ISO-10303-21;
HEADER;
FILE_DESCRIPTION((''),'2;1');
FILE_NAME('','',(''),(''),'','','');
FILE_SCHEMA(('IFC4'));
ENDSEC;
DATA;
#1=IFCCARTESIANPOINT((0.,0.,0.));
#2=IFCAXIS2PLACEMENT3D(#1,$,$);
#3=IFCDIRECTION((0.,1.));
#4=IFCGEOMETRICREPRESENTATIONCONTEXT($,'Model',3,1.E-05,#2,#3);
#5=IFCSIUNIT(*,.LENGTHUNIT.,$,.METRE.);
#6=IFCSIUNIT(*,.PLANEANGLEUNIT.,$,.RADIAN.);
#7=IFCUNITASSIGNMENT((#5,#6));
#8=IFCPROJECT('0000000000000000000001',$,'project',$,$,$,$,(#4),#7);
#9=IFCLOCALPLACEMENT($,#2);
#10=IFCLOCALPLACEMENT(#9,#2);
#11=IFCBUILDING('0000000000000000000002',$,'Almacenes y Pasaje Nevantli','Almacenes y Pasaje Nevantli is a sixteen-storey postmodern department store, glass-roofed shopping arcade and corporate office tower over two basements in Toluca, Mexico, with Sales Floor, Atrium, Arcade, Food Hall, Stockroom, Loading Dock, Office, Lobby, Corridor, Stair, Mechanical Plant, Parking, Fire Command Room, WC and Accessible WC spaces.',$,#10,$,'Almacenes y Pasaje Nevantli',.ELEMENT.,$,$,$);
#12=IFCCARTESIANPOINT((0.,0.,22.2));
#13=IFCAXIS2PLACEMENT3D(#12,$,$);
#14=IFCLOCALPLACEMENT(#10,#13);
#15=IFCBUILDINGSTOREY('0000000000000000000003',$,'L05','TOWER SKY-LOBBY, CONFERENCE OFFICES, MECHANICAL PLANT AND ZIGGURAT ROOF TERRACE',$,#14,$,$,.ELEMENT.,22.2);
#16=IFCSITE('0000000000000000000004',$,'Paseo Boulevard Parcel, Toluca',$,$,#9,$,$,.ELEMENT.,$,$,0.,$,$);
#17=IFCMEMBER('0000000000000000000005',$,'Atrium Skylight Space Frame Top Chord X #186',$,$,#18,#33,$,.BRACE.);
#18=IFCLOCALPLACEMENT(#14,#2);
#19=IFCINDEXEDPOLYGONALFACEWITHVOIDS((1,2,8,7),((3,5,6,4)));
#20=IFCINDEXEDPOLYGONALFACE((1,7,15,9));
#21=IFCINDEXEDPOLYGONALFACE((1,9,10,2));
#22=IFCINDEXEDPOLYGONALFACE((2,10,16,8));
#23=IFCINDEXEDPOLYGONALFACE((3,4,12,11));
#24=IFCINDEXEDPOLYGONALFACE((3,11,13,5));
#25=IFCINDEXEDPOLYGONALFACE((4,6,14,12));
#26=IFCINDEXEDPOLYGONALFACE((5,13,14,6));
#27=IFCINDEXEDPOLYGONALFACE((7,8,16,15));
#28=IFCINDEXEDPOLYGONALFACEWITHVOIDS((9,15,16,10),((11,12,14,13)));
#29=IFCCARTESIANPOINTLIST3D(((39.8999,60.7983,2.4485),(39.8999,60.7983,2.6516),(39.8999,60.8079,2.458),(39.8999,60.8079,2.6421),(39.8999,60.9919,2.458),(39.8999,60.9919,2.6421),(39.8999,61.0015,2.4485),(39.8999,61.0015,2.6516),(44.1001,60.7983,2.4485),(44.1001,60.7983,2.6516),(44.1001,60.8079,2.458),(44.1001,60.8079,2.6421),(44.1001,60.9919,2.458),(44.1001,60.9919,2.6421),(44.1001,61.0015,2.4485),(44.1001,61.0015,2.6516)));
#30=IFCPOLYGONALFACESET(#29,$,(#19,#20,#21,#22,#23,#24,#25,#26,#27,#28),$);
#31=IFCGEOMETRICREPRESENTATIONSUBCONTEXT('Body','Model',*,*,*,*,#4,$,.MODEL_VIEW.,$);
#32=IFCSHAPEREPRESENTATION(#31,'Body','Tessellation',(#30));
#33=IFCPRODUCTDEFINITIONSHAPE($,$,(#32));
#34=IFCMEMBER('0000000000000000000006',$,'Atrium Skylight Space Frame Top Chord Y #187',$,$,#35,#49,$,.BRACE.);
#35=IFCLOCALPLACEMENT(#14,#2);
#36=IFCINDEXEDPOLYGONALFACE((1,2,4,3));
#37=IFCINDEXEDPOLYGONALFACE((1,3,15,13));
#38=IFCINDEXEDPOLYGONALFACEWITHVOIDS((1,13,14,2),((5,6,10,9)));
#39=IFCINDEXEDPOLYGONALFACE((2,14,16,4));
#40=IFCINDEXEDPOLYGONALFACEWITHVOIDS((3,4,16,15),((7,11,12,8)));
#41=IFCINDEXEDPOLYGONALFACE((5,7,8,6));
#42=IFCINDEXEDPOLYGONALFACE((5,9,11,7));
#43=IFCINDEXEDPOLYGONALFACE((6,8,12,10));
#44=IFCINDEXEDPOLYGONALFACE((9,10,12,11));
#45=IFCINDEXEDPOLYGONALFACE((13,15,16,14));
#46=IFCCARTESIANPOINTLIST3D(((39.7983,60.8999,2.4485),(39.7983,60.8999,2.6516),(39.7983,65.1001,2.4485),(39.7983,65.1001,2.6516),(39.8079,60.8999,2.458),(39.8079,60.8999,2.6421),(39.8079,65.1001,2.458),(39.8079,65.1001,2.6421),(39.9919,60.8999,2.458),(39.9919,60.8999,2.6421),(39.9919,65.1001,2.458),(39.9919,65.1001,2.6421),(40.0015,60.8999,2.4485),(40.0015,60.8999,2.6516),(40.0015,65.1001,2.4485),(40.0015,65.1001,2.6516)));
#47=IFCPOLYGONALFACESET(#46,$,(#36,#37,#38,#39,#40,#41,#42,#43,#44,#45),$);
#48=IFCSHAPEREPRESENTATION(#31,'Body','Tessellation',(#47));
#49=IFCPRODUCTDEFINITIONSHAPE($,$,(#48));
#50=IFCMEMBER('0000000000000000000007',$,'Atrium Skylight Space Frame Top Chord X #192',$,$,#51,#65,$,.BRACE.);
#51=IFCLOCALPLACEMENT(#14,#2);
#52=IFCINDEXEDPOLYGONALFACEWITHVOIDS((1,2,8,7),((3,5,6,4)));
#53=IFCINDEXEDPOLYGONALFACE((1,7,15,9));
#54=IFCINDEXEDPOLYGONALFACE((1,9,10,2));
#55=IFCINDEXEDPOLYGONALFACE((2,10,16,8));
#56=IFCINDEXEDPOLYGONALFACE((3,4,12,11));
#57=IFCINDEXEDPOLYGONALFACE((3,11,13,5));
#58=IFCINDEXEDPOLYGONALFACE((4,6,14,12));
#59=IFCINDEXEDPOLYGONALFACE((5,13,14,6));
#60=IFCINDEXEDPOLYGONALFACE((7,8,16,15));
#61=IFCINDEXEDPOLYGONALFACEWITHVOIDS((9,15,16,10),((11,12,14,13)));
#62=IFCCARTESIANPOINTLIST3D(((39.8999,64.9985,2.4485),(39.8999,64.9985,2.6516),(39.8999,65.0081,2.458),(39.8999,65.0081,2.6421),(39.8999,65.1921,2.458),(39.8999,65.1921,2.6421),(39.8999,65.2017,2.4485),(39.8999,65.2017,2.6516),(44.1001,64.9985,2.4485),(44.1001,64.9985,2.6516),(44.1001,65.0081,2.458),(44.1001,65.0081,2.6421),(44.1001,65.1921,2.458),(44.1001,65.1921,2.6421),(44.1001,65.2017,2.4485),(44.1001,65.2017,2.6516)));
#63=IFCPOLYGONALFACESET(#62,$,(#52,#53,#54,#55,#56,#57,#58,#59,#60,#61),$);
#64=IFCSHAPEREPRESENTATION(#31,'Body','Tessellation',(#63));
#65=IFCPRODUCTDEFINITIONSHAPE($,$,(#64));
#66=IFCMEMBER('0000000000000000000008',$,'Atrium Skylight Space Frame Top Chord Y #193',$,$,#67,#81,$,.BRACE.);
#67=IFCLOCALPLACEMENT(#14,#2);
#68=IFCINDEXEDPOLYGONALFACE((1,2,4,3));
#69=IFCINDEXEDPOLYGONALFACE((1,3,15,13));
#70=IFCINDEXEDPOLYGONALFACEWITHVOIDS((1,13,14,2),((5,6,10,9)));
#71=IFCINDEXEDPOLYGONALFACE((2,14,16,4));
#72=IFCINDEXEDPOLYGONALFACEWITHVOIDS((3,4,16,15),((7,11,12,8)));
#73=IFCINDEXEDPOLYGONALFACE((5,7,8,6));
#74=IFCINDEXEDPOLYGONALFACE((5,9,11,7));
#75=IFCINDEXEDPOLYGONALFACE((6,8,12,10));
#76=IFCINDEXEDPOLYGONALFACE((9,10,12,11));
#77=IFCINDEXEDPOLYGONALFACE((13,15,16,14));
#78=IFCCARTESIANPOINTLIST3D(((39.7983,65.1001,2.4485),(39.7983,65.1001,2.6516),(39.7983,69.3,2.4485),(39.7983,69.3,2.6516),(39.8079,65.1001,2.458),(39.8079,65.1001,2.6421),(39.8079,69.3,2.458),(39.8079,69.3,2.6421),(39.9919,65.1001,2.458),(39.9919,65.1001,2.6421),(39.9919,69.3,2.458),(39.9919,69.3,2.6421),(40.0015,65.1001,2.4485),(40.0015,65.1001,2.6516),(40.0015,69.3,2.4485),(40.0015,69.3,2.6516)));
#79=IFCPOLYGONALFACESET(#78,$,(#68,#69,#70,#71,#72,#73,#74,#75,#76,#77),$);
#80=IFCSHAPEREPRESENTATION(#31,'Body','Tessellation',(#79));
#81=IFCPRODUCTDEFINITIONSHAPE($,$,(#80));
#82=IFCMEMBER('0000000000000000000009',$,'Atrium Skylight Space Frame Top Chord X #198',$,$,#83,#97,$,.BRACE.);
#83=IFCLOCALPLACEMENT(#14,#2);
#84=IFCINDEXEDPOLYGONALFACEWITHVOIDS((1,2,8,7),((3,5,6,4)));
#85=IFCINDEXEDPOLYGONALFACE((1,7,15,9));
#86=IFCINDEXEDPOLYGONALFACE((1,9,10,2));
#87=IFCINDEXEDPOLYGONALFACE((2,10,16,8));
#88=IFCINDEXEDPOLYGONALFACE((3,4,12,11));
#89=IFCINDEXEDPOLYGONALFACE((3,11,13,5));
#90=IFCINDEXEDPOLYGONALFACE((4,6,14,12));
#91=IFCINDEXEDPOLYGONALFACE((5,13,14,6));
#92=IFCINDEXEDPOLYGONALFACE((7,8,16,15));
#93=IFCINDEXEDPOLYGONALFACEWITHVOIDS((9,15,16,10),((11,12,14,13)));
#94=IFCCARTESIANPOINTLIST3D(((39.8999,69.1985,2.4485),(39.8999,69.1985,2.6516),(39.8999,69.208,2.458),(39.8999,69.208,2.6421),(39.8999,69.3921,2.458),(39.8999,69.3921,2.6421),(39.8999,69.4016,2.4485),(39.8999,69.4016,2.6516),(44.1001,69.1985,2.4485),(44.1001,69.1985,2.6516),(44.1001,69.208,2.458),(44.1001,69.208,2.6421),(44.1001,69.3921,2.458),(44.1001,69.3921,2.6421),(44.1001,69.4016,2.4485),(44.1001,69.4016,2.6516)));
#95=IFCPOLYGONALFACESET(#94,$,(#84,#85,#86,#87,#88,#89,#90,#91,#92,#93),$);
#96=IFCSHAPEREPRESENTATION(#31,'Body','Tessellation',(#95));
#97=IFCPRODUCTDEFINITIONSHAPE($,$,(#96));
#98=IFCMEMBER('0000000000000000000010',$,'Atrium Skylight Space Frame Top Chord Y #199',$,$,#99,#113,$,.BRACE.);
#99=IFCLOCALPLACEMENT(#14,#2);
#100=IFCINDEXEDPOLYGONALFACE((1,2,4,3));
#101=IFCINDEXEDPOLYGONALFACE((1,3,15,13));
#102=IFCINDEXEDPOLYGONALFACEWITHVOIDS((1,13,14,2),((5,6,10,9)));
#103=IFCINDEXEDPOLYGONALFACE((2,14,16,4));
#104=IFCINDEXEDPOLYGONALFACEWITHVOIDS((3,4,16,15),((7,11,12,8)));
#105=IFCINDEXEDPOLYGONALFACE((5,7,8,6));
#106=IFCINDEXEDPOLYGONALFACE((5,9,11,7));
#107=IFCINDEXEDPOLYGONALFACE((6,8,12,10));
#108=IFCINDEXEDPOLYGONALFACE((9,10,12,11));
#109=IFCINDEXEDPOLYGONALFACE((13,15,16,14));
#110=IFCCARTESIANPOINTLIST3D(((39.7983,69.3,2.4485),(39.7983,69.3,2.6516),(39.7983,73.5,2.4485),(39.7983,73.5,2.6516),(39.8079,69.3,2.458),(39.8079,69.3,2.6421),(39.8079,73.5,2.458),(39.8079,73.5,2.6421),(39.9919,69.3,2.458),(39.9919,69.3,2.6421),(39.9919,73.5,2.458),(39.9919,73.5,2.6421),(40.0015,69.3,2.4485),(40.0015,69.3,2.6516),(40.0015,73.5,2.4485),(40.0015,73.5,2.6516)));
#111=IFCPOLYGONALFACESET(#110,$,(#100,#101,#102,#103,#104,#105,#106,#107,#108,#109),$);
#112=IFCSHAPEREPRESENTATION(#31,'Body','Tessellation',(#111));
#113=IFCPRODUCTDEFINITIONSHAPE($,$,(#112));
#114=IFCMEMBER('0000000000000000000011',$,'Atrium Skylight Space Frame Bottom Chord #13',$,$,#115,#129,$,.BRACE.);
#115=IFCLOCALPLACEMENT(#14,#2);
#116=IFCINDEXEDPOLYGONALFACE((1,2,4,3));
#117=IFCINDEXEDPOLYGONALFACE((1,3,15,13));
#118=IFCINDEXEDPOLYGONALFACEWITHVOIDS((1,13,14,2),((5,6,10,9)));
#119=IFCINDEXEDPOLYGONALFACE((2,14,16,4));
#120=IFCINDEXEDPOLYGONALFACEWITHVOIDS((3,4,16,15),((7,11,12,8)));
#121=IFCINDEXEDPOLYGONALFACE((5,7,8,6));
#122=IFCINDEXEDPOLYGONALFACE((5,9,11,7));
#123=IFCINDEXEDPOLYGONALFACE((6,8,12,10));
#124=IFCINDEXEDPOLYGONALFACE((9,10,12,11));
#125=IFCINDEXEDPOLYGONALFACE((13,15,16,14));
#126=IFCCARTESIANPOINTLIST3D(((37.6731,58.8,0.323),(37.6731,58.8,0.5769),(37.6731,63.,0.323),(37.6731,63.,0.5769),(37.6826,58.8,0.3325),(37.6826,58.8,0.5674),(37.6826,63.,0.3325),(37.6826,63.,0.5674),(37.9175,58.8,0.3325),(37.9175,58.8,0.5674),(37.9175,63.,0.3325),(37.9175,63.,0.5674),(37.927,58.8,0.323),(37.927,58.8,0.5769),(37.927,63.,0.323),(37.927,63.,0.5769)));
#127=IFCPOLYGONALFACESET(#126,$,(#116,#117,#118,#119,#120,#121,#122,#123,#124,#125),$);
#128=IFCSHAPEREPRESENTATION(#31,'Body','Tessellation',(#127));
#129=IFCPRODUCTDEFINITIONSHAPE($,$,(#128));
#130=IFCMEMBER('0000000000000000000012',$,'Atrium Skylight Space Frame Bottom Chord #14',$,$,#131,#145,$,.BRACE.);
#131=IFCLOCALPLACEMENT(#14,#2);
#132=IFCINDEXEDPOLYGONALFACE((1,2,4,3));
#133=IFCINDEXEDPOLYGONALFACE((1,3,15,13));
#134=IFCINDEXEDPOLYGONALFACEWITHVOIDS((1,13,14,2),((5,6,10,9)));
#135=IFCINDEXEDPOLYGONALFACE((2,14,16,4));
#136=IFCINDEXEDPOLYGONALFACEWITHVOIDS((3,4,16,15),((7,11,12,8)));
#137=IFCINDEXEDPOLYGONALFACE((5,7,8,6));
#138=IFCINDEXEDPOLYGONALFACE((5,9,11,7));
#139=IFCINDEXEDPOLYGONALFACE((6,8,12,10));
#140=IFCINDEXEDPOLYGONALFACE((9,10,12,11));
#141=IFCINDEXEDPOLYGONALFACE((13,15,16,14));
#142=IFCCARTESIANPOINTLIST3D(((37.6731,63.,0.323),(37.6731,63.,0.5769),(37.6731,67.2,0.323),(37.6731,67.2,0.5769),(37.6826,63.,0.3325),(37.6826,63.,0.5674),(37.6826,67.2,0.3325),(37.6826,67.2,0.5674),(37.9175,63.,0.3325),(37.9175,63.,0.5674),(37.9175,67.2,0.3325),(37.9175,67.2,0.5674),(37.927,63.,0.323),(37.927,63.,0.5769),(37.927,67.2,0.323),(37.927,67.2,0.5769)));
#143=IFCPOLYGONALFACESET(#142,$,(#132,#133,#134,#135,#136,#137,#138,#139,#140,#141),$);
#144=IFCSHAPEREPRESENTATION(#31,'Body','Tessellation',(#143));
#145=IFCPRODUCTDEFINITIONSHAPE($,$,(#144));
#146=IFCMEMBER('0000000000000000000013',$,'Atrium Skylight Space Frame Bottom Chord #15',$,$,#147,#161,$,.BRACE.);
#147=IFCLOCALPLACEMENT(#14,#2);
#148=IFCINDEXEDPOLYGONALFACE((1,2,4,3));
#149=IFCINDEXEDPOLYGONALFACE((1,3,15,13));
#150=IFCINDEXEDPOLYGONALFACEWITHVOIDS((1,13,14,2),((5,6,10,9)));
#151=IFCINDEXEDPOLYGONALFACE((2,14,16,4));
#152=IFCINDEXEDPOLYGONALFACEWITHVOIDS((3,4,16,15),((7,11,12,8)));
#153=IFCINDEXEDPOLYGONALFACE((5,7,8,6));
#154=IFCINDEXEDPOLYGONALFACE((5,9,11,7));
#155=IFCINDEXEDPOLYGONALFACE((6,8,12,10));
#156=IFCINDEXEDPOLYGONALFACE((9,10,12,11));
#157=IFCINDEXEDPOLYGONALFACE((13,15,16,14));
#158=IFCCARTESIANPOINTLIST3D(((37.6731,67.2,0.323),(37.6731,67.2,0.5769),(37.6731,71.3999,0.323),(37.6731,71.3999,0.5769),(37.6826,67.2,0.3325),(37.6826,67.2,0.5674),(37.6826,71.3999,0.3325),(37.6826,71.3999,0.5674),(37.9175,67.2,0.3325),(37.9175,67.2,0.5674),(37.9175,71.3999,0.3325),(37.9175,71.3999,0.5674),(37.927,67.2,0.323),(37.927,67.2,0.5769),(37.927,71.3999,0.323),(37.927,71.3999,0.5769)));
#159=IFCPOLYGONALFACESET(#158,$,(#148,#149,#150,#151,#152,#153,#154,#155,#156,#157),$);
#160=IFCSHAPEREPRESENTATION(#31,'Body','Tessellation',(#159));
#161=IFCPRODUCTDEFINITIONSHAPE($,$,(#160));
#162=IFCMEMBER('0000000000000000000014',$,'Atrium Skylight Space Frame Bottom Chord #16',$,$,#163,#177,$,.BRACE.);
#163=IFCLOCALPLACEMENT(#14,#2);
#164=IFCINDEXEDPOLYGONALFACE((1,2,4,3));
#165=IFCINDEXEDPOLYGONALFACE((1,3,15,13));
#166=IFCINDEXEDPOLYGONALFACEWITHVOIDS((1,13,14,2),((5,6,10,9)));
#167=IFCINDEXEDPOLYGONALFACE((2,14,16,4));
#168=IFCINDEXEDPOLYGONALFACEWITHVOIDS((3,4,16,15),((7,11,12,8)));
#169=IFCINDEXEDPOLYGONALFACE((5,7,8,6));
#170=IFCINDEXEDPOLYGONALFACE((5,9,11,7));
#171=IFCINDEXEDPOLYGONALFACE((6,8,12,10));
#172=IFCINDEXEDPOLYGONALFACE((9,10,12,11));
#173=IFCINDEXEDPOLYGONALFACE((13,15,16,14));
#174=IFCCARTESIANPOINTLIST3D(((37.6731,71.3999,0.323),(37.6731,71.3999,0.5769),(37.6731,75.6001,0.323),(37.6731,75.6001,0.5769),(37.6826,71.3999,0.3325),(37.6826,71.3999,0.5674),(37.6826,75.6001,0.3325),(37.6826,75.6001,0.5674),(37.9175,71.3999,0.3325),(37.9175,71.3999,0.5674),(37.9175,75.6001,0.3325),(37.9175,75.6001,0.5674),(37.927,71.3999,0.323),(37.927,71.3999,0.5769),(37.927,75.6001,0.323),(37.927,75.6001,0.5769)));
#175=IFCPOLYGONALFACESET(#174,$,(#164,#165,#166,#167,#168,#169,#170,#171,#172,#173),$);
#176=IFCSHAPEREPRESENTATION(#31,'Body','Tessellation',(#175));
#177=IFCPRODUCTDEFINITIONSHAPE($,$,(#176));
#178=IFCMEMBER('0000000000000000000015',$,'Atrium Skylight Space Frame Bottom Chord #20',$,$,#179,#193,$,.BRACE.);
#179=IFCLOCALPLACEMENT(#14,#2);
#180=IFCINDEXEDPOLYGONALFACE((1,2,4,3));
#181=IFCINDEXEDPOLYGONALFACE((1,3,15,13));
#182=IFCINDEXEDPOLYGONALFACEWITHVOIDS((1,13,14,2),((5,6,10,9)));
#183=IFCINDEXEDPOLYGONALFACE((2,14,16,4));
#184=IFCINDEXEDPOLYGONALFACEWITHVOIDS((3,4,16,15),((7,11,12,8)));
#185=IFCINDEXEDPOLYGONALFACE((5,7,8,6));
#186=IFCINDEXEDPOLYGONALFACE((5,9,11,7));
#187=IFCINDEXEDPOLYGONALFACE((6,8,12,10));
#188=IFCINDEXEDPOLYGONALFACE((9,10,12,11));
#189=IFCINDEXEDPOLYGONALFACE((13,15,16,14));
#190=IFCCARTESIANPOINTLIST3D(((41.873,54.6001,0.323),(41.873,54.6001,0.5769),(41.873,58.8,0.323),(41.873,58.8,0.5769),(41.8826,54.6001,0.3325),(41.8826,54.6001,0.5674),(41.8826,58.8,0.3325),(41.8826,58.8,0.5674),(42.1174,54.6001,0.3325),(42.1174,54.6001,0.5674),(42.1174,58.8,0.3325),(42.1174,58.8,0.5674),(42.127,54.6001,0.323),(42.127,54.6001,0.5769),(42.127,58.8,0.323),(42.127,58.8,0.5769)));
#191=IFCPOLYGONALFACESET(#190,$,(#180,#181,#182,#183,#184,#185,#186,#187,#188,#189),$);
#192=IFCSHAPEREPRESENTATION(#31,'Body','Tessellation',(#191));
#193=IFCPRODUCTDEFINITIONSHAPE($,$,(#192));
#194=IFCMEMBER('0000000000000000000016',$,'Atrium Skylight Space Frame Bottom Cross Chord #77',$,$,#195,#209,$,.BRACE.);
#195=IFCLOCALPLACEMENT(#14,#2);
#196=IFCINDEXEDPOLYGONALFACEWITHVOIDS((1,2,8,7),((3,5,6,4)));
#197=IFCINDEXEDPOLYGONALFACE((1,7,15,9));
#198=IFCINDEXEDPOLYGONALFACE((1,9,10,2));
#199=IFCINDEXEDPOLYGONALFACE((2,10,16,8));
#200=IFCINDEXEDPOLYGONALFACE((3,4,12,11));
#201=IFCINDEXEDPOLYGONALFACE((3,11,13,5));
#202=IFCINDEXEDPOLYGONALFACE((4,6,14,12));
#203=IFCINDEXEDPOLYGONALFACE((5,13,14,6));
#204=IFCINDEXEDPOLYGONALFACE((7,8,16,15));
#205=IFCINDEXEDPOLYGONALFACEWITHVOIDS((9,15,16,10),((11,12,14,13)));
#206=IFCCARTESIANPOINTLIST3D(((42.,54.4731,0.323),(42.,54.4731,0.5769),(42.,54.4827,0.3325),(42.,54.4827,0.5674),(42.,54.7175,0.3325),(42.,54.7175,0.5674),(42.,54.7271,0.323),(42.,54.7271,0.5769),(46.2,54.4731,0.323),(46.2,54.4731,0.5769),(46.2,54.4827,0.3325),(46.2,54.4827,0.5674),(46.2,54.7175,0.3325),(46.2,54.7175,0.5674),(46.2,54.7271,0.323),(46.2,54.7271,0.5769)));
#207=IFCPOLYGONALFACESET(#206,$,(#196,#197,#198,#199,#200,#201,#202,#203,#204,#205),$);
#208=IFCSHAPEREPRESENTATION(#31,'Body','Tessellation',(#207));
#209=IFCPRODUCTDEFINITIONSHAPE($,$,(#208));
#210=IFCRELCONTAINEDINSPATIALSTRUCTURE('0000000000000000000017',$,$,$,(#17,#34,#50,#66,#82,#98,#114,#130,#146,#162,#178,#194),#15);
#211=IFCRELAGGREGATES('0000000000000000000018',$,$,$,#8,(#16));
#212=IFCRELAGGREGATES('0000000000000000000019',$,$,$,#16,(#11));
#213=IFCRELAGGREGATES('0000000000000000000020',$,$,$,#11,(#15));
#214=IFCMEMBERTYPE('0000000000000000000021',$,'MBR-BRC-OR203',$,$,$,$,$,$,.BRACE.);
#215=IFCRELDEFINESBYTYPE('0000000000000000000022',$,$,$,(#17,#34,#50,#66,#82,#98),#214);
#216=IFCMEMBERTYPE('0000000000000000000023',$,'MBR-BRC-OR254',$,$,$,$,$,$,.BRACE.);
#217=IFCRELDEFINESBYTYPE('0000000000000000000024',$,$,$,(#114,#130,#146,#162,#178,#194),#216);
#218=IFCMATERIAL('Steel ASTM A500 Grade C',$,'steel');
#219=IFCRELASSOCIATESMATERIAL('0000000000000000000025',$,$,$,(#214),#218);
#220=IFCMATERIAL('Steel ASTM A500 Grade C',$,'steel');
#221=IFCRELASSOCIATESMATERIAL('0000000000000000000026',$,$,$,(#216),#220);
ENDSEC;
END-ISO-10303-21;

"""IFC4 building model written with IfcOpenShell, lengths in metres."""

from ifc_helpers import new_model, si_unit, direction, frame, origin, origin_2d, place, context, subcontext, project, spatial, hollow_rectangle, extrude, material, material_profile, profile_set, type_object, element, save


model = new_model("IFC4")

# Units and contexts
model_context = context("Model", 3, precision=1e-05, world=origin(), true_north=direction((0.0, 1.0)))
body_context = subcontext(model_context, "Body", "Model", "MODEL_VIEW")
ifc_project = project(units=[si_unit("LENGTHUNIT", "METRE"), si_unit("PLANEANGLEUNIT", "RADIAN")], contexts=[model_context])

# Site, building, storey
site_placement = place(None, origin())
site = spatial("IfcSite", under=ifc_project, at=site_placement, Name="Paseo Boulevard Parcel, Toluca", CompositionType="ELEMENT", RefElevation=0.0)
building_placement = place(site_placement, origin())
building = spatial("IfcBuilding", under=site, at=building_placement, Name="Almacenes y Pasaje Nevantli", Description="Almacenes y Pasaje Nevantli is a sixteen-storey postmodern department store, glass-roofed shopping arcade and corporate office tower over two basements in Toluca, Mexico, with Sales Floor, Atrium, Arcade, Food Hall, Stockroom, Loading Dock, Office, Lobby, Corridor, Stair, Mechanical Plant, Parking, Fire Command Room, WC and Accessible WC spaces.", LongName="Almacenes y Pasaje Nevantli", CompositionType="ELEMENT")
storey_placement = place(building_placement, frame((0.0, 0.0, 22.2)))
storey = spatial("IfcBuildingStorey", under=building, at=storey_placement, Name="L05", Description="TOWER SKY-LOBBY, CONFERENCE OFFICES, MECHANICAL PLANT AND ZIGGURAT ROOF TERRACE", CompositionType="ELEMENT", Elevation=22.2)

# Members
ifc_material_1 = material(Name="Steel ASTM A500 Grade C", Category="steel")
ifc_material_profile_1 = material_profile(ifc_material_1, hollow_rectangle(XDim=0.2031, YDim=0.2031, WallThickness=0.0095, at=origin_2d()), Name="OR 203x203x9.5")
ifc_profile_set_1 = profile_set([ifc_material_profile_1], Name="Steel ASTM A500 Grade C")
member_type_1 = type_object("IfcMemberType", Name="MBR-BRC-OR203", PredefinedType="BRACE", material=ifc_profile_set_1)
for number, where, z_axis, x_axis, name in (
    (1, (39.8999, 60.8999, 2.55), (1.0, 0.0, 0.0), (0.0, 1.0, 0.0), "Atrium Skylight Space Frame Top Chord X #186"),
    (2, (39.8999, 60.8999, 2.55), (0.0, 1.0, 0.0), (-1.0, 0.0, 0.0), "Atrium Skylight Space Frame Top Chord Y #187"),
    (3, (39.8999, 65.1001, 2.55), (1.0, 0.0, 0.0), (0.0, 1.0, 0.0), "Atrium Skylight Space Frame Top Chord X #192"),
):
    element("IfcMember", number, at=place(storey_placement, frame(where, z_axis=z_axis, x_axis=x_axis)), inside=storey, type_object=member_type_1, Name=name, PredefinedType="BRACE", context=body_context, shape_type="SweptSolid", body=[
        extrude(hollow_rectangle(XDim=0.2031, YDim=0.2031, WallThickness=0.0095, at=origin_2d()), origin(), (0.0, 0.0, 1.0), 4.2002),
    ])
member_1_placement = place(storey_placement, frame((39.8999, 65.1001, 2.55), z_axis=(0.0, 1.0, 0.0), x_axis=(-1.0, 0.0, 0.0)))
element("IfcMember", 4, at=member_1_placement, inside=storey, type_object=member_type_1, Name="Atrium Skylight Space Frame Top Chord Y #193", PredefinedType="BRACE", context=body_context, shape_type="SweptSolid", body=[
    extrude(hollow_rectangle(XDim=0.2031, YDim=0.2031, WallThickness=0.0095, at=origin_2d()), origin(), (0.0, 0.0, 1.0), 4.2),
])
member_2_placement = place(storey_placement, frame((39.8999, 69.3, 2.55), z_axis=(1.0, 0.0, 0.0), x_axis=(0.0, 1.0, 0.0)))
element("IfcMember", 5, at=member_2_placement, inside=storey, type_object=member_type_1, Name="Atrium Skylight Space Frame Top Chord X #198", PredefinedType="BRACE", context=body_context, shape_type="SweptSolid", body=[
    extrude(hollow_rectangle(XDim=0.2031, YDim=0.2031, WallThickness=0.0095, at=origin_2d()), origin(), (0.0, 0.0, 1.0), 4.2002),
])
member_3_placement = place(storey_placement, frame((39.8999, 69.3, 2.55), z_axis=(0.0, 1.0, 0.0), x_axis=(-1.0, 0.0, 0.0)))
element("IfcMember", 6, at=member_3_placement, inside=storey, type_object=member_type_1, Name="Atrium Skylight Space Frame Top Chord Y #199", PredefinedType="BRACE", context=body_context, shape_type="SweptSolid", body=[
    extrude(hollow_rectangle(XDim=0.2031, YDim=0.2031, WallThickness=0.0095, at=origin_2d()), origin(), (0.0, 0.0, 1.0), 4.2),
])
ifc_material_2 = material(Name="Steel ASTM A500 Grade C", Category="steel")
ifc_material_profile_2 = material_profile(ifc_material_2, hollow_rectangle(XDim=0.2539, YDim=0.2539, WallThickness=0.0095, at=origin_2d()), Name="OR 254x254x9.5")
ifc_profile_set_2 = profile_set([ifc_material_profile_2], Name="Steel ASTM A500 Grade C")
member_type_2 = type_object("IfcMemberType", Name="MBR-BRC-OR254", PredefinedType="BRACE", material=ifc_profile_set_2)
for number, where, z_axis, x_axis, name in (
    (7, (37.8, 58.8, 0.45), (0.0, 1.0, 0.0), (-1.0, 0.0, 0.0), "Atrium Skylight Space Frame Bottom Chord #13"),
    (8, (37.8, 63.0, 0.45), (0.0, 1.0, 0.0), (-1.0, 0.0, 0.0), "Atrium Skylight Space Frame Bottom Chord #14"),
    (9, (37.8, 67.2, 0.45), (0.0, 1.0, 0.0), (-1.0, 0.0, 0.0), "Atrium Skylight Space Frame Bottom Chord #15"),
):
    element("IfcMember", number, at=place(storey_placement, frame(where, z_axis=z_axis, x_axis=x_axis)), inside=storey, type_object=member_type_2, Name=name, PredefinedType="BRACE", context=body_context, shape_type="SweptSolid", body=[
        extrude(hollow_rectangle(XDim=0.2539, YDim=0.2539, WallThickness=0.0095, at=origin_2d()), origin(), (0.0, 0.0, 1.0), 4.2),
    ])
member_4_placement = place(storey_placement, frame((37.8, 71.3999, 0.45), z_axis=(0.0, 1.0, 0.0), x_axis=(-1.0, 0.0, 0.0)))
element("IfcMember", 10, at=member_4_placement, inside=storey, type_object=member_type_2, Name="Atrium Skylight Space Frame Bottom Chord #16", PredefinedType="BRACE", context=body_context, shape_type="SweptSolid", body=[
    extrude(hollow_rectangle(XDim=0.2539, YDim=0.2539, WallThickness=0.0095, at=origin_2d()), origin(), (0.0, 0.0, 1.0), 4.2002),
])
for number, where, z_axis, x_axis, name in (
    (11, (42.0, 54.6001, 0.45), (0.0, 1.0, 0.0), (-1.0, 0.0, 0.0), "Atrium Skylight Space Frame Bottom Chord #20"),
    (12, (42.0, 54.6001, 0.45), (1.0, 0.0, 0.0), (0.0, 1.0, 0.0), "Atrium Skylight Space Frame Bottom Cross Chord #77"),
):
    element("IfcMember", number, at=place(storey_placement, frame(where, z_axis=z_axis, x_axis=x_axis)), inside=storey, type_object=member_type_2, Name=name, PredefinedType="BRACE", context=body_context, shape_type="SweptSolid", body=[
        extrude(hollow_rectangle(XDim=0.2539, YDim=0.2539, WallThickness=0.0095, at=origin_2d()), origin(), (0.0, 0.0, 1.0), 4.2),
    ])

save(model, "model.ifc")
